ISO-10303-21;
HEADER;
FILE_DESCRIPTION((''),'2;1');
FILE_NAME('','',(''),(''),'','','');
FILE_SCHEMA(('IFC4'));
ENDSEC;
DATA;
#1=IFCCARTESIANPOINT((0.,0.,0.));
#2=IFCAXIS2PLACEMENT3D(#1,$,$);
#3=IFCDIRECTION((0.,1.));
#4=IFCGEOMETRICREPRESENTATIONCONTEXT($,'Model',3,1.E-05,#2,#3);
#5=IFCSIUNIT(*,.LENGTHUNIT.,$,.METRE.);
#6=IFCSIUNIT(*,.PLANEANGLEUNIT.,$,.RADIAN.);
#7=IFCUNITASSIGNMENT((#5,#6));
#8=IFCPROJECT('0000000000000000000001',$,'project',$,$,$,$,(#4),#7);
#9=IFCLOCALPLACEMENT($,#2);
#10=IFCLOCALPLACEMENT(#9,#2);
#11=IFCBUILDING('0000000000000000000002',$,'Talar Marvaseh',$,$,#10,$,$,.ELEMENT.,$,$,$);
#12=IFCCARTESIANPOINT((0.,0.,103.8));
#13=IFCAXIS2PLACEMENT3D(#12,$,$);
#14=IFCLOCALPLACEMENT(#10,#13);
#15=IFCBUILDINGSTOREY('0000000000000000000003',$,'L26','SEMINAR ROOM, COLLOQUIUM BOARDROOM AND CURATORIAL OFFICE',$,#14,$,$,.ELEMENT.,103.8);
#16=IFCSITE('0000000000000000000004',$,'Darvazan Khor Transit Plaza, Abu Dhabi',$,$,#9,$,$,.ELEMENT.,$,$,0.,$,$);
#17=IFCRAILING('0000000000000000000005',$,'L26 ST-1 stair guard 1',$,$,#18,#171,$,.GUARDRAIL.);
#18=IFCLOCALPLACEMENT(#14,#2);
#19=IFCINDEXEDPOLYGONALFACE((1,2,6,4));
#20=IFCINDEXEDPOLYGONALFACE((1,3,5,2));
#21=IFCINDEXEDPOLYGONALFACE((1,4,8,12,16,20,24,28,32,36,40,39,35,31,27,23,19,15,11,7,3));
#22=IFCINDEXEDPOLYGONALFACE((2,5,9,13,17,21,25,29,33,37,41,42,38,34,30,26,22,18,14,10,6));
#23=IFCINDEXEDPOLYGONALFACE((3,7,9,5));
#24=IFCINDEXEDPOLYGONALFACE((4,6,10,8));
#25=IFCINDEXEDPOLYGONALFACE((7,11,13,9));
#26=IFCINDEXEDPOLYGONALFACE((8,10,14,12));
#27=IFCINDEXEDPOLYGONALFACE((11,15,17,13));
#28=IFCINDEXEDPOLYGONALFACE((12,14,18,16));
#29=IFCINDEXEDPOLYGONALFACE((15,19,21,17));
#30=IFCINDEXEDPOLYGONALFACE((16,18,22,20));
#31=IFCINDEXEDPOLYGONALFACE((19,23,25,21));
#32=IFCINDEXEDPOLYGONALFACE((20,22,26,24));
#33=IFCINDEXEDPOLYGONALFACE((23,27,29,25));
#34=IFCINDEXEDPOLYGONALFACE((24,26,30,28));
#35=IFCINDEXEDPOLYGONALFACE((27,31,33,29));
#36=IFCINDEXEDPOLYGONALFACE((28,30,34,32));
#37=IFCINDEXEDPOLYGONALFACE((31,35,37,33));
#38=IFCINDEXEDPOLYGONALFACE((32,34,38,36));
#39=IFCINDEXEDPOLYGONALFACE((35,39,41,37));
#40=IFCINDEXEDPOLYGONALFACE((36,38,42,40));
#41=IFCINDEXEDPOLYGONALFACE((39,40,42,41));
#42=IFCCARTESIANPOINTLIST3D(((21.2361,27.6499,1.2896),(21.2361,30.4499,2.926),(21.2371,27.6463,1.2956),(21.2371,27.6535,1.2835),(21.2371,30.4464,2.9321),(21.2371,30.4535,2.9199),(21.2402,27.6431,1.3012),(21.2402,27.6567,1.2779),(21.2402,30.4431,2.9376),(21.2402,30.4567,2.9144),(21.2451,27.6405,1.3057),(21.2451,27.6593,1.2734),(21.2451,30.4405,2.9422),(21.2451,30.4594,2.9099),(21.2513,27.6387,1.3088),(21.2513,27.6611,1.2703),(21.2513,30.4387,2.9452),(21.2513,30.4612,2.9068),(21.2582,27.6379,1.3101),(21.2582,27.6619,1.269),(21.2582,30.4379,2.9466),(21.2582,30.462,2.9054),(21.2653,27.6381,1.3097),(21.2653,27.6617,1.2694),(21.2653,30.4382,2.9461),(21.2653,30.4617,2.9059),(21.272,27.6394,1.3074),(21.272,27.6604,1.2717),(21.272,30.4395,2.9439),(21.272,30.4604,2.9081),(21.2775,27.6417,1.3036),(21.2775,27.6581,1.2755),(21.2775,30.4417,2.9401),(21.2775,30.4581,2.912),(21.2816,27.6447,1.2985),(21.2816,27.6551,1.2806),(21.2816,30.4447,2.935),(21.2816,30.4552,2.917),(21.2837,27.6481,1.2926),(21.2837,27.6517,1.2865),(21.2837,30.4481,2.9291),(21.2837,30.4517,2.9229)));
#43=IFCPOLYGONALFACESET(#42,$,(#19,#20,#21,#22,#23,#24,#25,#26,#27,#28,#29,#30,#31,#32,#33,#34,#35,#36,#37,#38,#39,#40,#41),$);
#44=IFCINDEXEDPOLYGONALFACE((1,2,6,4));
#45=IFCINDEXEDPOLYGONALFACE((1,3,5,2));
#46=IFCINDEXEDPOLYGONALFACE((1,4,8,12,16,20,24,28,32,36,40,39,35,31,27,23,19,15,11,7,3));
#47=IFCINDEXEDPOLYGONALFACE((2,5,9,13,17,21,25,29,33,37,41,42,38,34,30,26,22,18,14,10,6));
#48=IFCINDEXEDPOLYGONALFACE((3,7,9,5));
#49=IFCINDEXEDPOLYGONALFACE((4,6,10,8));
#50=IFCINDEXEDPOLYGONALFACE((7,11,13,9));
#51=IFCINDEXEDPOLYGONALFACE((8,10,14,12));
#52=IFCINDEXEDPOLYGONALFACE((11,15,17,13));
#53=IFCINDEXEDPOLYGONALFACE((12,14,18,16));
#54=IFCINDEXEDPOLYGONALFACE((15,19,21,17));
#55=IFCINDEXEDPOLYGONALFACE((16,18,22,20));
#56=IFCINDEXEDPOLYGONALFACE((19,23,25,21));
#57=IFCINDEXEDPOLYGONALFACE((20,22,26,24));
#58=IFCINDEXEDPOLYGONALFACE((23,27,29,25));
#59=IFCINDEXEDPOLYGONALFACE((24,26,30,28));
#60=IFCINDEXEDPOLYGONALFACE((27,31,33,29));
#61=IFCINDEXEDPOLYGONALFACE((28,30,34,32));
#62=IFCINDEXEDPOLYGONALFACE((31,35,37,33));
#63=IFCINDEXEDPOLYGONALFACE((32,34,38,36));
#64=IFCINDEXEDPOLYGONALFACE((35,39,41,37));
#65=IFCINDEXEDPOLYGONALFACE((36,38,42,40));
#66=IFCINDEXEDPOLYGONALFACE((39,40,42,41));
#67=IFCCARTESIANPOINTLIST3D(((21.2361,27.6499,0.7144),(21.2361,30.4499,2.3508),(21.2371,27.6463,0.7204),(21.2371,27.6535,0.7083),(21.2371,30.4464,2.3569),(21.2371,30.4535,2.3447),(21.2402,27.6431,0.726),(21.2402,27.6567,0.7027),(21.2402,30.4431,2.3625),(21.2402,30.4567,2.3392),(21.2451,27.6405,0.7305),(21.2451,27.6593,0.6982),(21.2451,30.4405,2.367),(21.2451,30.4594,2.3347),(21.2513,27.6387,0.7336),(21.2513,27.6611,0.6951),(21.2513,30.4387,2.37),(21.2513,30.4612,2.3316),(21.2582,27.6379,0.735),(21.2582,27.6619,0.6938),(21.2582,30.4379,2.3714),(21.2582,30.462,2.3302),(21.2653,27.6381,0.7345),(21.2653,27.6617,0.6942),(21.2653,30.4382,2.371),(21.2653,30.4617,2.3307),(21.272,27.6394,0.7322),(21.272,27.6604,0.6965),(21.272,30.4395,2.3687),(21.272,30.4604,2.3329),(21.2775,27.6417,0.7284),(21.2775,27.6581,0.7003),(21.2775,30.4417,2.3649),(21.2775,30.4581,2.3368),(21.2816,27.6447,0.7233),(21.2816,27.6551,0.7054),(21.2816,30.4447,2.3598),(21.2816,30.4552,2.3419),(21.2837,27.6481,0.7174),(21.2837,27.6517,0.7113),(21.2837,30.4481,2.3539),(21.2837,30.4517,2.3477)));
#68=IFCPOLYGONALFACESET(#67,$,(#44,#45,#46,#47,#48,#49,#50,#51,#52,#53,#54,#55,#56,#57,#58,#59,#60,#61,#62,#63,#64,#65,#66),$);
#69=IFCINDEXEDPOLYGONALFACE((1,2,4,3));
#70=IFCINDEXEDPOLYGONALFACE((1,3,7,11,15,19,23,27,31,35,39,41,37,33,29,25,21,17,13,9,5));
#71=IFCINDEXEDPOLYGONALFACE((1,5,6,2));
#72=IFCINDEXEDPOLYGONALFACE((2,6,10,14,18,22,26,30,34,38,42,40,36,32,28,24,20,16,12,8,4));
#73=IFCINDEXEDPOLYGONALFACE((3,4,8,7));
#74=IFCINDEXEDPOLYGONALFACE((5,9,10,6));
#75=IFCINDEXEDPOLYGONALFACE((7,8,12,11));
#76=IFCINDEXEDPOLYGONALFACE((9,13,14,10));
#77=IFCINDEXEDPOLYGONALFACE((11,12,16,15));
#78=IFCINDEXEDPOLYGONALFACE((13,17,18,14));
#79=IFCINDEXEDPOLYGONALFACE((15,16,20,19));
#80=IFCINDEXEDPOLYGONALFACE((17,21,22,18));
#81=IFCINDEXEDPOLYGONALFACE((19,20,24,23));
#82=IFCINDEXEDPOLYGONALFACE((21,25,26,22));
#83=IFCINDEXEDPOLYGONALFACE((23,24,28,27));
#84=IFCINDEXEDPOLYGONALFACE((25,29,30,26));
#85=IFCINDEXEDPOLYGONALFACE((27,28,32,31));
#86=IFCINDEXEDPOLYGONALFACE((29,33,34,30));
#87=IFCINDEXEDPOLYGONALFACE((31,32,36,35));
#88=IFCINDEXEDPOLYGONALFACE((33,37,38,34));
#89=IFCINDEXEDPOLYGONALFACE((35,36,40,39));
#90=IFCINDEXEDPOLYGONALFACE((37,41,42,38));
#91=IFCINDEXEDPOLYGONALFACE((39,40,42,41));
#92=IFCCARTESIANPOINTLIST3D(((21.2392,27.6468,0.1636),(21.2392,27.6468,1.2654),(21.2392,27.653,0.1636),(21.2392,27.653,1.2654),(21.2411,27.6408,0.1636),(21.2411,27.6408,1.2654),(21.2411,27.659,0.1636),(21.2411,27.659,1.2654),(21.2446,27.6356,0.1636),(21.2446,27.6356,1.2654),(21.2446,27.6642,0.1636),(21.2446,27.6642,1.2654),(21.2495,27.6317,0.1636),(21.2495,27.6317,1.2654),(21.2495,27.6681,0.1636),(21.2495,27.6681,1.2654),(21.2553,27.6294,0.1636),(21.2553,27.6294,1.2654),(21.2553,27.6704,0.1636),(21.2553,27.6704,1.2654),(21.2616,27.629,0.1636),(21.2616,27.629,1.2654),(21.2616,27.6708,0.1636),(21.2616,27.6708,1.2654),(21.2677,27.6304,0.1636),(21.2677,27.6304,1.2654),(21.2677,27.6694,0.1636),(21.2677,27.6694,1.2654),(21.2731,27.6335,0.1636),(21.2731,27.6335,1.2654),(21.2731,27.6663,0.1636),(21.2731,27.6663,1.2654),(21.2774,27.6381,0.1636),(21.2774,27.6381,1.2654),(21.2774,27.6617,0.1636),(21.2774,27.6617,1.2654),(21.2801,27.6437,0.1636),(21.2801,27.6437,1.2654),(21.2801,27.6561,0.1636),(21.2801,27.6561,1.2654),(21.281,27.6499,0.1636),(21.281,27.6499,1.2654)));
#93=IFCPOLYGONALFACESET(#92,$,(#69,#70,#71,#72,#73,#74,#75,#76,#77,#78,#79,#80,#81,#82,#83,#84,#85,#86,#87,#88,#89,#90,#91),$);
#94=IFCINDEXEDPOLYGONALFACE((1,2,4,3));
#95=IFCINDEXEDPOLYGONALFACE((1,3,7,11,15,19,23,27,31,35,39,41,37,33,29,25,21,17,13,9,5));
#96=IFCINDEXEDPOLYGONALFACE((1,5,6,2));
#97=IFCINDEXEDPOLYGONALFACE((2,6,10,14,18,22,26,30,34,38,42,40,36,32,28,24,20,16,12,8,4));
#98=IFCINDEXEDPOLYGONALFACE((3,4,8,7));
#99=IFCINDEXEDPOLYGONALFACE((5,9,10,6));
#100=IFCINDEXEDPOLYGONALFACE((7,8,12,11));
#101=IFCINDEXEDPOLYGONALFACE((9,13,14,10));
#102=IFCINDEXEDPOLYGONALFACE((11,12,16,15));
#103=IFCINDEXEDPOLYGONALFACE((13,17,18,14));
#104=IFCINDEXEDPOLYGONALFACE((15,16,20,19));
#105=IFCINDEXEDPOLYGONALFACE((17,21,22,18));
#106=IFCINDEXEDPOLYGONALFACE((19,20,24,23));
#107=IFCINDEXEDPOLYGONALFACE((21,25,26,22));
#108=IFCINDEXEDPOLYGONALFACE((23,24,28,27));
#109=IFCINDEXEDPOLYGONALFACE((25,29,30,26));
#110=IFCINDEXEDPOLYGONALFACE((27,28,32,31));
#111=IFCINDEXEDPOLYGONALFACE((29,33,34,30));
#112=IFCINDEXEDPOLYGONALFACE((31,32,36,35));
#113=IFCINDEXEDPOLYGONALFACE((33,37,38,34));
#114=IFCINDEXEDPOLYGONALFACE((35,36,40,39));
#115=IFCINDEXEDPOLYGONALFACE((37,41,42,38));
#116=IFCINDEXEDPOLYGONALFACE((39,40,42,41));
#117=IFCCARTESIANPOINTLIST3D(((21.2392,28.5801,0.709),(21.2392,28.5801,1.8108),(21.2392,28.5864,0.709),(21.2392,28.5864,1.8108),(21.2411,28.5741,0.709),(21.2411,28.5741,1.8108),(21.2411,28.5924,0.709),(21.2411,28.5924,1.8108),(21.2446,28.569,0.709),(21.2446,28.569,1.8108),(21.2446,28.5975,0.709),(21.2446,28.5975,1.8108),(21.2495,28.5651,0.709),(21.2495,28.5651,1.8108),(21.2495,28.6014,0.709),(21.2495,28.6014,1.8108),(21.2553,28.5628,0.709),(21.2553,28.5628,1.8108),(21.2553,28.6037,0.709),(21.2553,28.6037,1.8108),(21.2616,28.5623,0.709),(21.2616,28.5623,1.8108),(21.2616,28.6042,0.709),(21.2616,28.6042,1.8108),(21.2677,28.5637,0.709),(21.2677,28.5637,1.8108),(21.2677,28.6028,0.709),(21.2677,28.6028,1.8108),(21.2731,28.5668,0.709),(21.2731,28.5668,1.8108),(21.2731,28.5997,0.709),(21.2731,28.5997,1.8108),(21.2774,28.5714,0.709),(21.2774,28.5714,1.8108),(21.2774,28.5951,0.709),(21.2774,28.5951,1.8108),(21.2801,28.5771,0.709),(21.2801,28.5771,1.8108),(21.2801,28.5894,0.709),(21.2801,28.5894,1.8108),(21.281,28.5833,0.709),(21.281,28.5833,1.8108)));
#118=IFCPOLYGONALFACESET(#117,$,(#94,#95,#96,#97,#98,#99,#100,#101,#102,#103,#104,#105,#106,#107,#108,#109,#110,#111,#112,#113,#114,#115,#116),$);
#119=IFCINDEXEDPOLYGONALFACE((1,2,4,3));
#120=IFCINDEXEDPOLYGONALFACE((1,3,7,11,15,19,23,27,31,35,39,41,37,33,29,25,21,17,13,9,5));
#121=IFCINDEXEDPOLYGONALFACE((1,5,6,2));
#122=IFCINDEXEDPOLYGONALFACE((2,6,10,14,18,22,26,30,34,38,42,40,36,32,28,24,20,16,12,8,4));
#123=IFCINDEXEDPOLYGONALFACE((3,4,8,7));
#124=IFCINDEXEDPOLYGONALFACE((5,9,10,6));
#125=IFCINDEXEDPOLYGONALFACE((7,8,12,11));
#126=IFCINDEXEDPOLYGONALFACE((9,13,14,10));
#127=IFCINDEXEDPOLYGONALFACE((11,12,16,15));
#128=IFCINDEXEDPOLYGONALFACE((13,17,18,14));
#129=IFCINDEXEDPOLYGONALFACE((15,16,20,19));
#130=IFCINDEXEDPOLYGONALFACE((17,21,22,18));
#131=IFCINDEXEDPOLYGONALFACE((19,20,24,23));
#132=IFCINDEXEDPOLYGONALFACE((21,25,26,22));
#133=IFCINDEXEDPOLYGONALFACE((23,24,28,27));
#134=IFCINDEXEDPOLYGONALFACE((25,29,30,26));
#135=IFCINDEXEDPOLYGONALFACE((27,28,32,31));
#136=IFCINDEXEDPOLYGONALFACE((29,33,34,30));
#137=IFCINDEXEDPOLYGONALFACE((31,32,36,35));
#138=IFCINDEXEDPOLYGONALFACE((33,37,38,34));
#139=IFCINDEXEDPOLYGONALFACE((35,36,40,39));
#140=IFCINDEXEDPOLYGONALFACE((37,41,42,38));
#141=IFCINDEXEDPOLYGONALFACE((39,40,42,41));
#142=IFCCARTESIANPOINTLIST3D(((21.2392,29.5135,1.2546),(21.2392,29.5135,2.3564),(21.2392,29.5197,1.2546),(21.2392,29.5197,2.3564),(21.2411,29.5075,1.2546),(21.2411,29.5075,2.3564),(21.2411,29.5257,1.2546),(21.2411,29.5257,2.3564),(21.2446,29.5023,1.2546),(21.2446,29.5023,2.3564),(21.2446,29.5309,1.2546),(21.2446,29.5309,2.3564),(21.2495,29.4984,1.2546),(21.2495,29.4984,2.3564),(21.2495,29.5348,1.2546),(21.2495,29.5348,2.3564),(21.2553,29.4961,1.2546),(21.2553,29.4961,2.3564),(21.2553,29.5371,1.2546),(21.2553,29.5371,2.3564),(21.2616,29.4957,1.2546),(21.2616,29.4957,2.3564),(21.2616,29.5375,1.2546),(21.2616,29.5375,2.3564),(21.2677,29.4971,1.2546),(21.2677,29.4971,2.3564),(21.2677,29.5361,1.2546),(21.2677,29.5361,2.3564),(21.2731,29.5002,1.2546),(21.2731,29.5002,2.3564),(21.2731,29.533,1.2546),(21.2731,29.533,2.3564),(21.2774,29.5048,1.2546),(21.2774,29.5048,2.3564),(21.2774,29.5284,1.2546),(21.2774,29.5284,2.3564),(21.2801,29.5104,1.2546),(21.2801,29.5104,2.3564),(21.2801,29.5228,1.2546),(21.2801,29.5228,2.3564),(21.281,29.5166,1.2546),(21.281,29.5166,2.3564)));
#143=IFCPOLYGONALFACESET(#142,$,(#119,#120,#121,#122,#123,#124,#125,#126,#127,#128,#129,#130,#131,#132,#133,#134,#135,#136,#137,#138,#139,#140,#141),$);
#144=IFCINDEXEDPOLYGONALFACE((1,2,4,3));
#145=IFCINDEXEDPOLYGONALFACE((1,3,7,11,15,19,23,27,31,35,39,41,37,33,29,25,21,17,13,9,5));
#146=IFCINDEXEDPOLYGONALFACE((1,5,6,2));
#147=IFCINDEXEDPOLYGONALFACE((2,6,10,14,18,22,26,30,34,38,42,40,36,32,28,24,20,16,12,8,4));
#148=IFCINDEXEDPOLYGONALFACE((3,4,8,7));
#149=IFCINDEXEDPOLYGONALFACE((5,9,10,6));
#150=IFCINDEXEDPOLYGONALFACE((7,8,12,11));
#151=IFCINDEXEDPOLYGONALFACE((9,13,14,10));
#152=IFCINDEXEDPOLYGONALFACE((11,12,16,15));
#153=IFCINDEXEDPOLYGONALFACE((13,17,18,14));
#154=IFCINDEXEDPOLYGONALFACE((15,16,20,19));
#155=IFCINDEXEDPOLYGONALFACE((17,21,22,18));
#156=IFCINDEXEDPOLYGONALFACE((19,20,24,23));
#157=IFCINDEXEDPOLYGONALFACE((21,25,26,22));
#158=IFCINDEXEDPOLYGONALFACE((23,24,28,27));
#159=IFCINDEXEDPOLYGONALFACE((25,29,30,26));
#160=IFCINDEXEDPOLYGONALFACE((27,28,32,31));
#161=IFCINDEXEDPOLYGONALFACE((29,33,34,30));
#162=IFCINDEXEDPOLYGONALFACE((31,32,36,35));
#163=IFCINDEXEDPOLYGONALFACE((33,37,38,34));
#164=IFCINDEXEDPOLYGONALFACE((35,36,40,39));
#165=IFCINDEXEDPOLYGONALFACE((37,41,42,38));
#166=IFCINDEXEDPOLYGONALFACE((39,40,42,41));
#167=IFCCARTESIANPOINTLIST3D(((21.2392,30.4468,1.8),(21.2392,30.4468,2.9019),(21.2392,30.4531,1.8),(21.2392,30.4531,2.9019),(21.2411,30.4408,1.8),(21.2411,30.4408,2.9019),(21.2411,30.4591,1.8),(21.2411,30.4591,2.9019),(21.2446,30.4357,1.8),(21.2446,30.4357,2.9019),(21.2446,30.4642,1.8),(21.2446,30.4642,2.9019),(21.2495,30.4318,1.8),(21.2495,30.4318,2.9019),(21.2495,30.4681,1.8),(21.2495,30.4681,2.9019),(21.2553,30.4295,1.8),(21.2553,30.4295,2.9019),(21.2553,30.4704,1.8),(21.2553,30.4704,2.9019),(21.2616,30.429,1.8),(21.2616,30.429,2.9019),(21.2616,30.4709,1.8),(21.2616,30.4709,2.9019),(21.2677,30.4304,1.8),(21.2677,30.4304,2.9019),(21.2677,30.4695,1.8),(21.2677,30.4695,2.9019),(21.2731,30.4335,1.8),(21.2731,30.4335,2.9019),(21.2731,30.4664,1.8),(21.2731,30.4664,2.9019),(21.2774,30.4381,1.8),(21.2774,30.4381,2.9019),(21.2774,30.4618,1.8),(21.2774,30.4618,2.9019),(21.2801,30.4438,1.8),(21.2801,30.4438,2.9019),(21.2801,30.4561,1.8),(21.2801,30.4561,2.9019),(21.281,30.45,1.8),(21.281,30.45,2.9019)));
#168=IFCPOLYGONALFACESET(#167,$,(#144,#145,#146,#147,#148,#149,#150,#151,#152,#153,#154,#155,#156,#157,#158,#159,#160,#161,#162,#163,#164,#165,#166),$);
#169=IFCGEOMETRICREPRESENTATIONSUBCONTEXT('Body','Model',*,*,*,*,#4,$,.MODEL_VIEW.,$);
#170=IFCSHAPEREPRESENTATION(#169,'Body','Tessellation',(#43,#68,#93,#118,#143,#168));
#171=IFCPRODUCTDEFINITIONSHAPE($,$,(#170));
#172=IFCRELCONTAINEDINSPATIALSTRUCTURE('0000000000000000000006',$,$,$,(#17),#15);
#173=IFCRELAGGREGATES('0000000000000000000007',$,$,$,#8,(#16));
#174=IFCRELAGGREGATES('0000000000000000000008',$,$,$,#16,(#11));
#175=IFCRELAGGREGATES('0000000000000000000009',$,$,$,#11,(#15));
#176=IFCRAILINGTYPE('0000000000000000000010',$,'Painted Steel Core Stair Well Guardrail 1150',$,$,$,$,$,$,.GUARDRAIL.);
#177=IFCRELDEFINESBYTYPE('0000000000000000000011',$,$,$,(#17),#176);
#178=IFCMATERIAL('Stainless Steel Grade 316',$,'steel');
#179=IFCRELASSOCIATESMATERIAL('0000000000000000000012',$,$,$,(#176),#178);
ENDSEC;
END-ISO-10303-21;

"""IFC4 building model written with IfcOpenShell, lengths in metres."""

from ifc_helpers import new_model, si_unit, direction, frame, origin, origin_2d, place, context, subcontext, project, spatial, circle, extrude, material, type_object, element, save


model = new_model("IFC4")

# Units and contexts
model_context = context("Model", 3, precision=1e-05, world=origin(), true_north=direction((0.0, 1.0)))
body_context = subcontext(model_context, "Body", "Model", "MODEL_VIEW")
ifc_project = project(units=[si_unit("LENGTHUNIT", "METRE"), si_unit("PLANEANGLEUNIT", "RADIAN")], contexts=[model_context])

# Site, building, storey
site_placement = place(None, origin())
site = spatial("IfcSite", under=ifc_project, at=site_placement, Name="Darvazan Khor Transit Plaza, Abu Dhabi", CompositionType="ELEMENT", RefElevation=0.0)
building_placement = place(site_placement, origin())
building = spatial("IfcBuilding", under=site, at=building_placement, Name="Talar Marvaseh", CompositionType="ELEMENT")
storey_placement = place(building_placement, frame((0.0, 0.0, 103.8)))
storey = spatial("IfcBuildingStorey", under=building, at=storey_placement, Name="L26", Description="SEMINAR ROOM, COLLOQUIUM BOARDROOM AND CURATORIAL OFFICE", CompositionType="ELEMENT", Elevation=103.8)

# Railing
ifc_material_1 = material(Name="Stainless Steel Grade 316", Category="steel")
railing_type_1 = type_object("IfcRailingType", Name="Painted Steel Core Stair Well Guardrail 1150", PredefinedType="GUARDRAIL", material=ifc_material_1)
railing_1_placement = place(storey_placement, frame((21.26, 27.6499, 0.1636)))
element("IfcRailing", 1, at=railing_1_placement, inside=storey, type_object=railing_type_1, Name="L26 ST-1 stair guard 1", PredefinedType="GUARDRAIL", context=body_context, shape_type="SweptSolid", body=[
    extrude(circle(Radius=0.0239, at=origin_2d()), frame((0.0, 0.0, 1.126), z_axis=(0.0, 0.863361, 0.504587), x_axis=(-1.0, 0.0, 0.0)), (0.0, 0.0, 1.0), 3.2432),
    extrude(circle(Radius=0.0239, at=origin_2d()), frame((0.0, 0.0, 0.5508), z_axis=(0.0, 0.863361, 0.504587), x_axis=(-1.0, 0.0, 0.0)), (0.0, 0.0, 1.0), 3.2432),
    extrude(circle(Radius=0.021, at=origin_2d()), origin(), (0.0, 0.0, 1.0), 1.1018),
    extrude(circle(Radius=0.021, at=origin_2d()), frame((0.0, 0.9333, 0.5454)), (0.0, 0.0, 1.0), 1.1018),
    extrude(circle(Radius=0.021, at=origin_2d()), frame((0.0, 1.8667, 1.0911)), (0.0, 0.0, 1.0), 1.1018),
    extrude(circle(Radius=0.021, at=origin_2d()), frame((0.0, 2.8, 1.6365)), (0.0, 0.0, 1.0), 1.1018),
])

save(model, "model.ifc")
